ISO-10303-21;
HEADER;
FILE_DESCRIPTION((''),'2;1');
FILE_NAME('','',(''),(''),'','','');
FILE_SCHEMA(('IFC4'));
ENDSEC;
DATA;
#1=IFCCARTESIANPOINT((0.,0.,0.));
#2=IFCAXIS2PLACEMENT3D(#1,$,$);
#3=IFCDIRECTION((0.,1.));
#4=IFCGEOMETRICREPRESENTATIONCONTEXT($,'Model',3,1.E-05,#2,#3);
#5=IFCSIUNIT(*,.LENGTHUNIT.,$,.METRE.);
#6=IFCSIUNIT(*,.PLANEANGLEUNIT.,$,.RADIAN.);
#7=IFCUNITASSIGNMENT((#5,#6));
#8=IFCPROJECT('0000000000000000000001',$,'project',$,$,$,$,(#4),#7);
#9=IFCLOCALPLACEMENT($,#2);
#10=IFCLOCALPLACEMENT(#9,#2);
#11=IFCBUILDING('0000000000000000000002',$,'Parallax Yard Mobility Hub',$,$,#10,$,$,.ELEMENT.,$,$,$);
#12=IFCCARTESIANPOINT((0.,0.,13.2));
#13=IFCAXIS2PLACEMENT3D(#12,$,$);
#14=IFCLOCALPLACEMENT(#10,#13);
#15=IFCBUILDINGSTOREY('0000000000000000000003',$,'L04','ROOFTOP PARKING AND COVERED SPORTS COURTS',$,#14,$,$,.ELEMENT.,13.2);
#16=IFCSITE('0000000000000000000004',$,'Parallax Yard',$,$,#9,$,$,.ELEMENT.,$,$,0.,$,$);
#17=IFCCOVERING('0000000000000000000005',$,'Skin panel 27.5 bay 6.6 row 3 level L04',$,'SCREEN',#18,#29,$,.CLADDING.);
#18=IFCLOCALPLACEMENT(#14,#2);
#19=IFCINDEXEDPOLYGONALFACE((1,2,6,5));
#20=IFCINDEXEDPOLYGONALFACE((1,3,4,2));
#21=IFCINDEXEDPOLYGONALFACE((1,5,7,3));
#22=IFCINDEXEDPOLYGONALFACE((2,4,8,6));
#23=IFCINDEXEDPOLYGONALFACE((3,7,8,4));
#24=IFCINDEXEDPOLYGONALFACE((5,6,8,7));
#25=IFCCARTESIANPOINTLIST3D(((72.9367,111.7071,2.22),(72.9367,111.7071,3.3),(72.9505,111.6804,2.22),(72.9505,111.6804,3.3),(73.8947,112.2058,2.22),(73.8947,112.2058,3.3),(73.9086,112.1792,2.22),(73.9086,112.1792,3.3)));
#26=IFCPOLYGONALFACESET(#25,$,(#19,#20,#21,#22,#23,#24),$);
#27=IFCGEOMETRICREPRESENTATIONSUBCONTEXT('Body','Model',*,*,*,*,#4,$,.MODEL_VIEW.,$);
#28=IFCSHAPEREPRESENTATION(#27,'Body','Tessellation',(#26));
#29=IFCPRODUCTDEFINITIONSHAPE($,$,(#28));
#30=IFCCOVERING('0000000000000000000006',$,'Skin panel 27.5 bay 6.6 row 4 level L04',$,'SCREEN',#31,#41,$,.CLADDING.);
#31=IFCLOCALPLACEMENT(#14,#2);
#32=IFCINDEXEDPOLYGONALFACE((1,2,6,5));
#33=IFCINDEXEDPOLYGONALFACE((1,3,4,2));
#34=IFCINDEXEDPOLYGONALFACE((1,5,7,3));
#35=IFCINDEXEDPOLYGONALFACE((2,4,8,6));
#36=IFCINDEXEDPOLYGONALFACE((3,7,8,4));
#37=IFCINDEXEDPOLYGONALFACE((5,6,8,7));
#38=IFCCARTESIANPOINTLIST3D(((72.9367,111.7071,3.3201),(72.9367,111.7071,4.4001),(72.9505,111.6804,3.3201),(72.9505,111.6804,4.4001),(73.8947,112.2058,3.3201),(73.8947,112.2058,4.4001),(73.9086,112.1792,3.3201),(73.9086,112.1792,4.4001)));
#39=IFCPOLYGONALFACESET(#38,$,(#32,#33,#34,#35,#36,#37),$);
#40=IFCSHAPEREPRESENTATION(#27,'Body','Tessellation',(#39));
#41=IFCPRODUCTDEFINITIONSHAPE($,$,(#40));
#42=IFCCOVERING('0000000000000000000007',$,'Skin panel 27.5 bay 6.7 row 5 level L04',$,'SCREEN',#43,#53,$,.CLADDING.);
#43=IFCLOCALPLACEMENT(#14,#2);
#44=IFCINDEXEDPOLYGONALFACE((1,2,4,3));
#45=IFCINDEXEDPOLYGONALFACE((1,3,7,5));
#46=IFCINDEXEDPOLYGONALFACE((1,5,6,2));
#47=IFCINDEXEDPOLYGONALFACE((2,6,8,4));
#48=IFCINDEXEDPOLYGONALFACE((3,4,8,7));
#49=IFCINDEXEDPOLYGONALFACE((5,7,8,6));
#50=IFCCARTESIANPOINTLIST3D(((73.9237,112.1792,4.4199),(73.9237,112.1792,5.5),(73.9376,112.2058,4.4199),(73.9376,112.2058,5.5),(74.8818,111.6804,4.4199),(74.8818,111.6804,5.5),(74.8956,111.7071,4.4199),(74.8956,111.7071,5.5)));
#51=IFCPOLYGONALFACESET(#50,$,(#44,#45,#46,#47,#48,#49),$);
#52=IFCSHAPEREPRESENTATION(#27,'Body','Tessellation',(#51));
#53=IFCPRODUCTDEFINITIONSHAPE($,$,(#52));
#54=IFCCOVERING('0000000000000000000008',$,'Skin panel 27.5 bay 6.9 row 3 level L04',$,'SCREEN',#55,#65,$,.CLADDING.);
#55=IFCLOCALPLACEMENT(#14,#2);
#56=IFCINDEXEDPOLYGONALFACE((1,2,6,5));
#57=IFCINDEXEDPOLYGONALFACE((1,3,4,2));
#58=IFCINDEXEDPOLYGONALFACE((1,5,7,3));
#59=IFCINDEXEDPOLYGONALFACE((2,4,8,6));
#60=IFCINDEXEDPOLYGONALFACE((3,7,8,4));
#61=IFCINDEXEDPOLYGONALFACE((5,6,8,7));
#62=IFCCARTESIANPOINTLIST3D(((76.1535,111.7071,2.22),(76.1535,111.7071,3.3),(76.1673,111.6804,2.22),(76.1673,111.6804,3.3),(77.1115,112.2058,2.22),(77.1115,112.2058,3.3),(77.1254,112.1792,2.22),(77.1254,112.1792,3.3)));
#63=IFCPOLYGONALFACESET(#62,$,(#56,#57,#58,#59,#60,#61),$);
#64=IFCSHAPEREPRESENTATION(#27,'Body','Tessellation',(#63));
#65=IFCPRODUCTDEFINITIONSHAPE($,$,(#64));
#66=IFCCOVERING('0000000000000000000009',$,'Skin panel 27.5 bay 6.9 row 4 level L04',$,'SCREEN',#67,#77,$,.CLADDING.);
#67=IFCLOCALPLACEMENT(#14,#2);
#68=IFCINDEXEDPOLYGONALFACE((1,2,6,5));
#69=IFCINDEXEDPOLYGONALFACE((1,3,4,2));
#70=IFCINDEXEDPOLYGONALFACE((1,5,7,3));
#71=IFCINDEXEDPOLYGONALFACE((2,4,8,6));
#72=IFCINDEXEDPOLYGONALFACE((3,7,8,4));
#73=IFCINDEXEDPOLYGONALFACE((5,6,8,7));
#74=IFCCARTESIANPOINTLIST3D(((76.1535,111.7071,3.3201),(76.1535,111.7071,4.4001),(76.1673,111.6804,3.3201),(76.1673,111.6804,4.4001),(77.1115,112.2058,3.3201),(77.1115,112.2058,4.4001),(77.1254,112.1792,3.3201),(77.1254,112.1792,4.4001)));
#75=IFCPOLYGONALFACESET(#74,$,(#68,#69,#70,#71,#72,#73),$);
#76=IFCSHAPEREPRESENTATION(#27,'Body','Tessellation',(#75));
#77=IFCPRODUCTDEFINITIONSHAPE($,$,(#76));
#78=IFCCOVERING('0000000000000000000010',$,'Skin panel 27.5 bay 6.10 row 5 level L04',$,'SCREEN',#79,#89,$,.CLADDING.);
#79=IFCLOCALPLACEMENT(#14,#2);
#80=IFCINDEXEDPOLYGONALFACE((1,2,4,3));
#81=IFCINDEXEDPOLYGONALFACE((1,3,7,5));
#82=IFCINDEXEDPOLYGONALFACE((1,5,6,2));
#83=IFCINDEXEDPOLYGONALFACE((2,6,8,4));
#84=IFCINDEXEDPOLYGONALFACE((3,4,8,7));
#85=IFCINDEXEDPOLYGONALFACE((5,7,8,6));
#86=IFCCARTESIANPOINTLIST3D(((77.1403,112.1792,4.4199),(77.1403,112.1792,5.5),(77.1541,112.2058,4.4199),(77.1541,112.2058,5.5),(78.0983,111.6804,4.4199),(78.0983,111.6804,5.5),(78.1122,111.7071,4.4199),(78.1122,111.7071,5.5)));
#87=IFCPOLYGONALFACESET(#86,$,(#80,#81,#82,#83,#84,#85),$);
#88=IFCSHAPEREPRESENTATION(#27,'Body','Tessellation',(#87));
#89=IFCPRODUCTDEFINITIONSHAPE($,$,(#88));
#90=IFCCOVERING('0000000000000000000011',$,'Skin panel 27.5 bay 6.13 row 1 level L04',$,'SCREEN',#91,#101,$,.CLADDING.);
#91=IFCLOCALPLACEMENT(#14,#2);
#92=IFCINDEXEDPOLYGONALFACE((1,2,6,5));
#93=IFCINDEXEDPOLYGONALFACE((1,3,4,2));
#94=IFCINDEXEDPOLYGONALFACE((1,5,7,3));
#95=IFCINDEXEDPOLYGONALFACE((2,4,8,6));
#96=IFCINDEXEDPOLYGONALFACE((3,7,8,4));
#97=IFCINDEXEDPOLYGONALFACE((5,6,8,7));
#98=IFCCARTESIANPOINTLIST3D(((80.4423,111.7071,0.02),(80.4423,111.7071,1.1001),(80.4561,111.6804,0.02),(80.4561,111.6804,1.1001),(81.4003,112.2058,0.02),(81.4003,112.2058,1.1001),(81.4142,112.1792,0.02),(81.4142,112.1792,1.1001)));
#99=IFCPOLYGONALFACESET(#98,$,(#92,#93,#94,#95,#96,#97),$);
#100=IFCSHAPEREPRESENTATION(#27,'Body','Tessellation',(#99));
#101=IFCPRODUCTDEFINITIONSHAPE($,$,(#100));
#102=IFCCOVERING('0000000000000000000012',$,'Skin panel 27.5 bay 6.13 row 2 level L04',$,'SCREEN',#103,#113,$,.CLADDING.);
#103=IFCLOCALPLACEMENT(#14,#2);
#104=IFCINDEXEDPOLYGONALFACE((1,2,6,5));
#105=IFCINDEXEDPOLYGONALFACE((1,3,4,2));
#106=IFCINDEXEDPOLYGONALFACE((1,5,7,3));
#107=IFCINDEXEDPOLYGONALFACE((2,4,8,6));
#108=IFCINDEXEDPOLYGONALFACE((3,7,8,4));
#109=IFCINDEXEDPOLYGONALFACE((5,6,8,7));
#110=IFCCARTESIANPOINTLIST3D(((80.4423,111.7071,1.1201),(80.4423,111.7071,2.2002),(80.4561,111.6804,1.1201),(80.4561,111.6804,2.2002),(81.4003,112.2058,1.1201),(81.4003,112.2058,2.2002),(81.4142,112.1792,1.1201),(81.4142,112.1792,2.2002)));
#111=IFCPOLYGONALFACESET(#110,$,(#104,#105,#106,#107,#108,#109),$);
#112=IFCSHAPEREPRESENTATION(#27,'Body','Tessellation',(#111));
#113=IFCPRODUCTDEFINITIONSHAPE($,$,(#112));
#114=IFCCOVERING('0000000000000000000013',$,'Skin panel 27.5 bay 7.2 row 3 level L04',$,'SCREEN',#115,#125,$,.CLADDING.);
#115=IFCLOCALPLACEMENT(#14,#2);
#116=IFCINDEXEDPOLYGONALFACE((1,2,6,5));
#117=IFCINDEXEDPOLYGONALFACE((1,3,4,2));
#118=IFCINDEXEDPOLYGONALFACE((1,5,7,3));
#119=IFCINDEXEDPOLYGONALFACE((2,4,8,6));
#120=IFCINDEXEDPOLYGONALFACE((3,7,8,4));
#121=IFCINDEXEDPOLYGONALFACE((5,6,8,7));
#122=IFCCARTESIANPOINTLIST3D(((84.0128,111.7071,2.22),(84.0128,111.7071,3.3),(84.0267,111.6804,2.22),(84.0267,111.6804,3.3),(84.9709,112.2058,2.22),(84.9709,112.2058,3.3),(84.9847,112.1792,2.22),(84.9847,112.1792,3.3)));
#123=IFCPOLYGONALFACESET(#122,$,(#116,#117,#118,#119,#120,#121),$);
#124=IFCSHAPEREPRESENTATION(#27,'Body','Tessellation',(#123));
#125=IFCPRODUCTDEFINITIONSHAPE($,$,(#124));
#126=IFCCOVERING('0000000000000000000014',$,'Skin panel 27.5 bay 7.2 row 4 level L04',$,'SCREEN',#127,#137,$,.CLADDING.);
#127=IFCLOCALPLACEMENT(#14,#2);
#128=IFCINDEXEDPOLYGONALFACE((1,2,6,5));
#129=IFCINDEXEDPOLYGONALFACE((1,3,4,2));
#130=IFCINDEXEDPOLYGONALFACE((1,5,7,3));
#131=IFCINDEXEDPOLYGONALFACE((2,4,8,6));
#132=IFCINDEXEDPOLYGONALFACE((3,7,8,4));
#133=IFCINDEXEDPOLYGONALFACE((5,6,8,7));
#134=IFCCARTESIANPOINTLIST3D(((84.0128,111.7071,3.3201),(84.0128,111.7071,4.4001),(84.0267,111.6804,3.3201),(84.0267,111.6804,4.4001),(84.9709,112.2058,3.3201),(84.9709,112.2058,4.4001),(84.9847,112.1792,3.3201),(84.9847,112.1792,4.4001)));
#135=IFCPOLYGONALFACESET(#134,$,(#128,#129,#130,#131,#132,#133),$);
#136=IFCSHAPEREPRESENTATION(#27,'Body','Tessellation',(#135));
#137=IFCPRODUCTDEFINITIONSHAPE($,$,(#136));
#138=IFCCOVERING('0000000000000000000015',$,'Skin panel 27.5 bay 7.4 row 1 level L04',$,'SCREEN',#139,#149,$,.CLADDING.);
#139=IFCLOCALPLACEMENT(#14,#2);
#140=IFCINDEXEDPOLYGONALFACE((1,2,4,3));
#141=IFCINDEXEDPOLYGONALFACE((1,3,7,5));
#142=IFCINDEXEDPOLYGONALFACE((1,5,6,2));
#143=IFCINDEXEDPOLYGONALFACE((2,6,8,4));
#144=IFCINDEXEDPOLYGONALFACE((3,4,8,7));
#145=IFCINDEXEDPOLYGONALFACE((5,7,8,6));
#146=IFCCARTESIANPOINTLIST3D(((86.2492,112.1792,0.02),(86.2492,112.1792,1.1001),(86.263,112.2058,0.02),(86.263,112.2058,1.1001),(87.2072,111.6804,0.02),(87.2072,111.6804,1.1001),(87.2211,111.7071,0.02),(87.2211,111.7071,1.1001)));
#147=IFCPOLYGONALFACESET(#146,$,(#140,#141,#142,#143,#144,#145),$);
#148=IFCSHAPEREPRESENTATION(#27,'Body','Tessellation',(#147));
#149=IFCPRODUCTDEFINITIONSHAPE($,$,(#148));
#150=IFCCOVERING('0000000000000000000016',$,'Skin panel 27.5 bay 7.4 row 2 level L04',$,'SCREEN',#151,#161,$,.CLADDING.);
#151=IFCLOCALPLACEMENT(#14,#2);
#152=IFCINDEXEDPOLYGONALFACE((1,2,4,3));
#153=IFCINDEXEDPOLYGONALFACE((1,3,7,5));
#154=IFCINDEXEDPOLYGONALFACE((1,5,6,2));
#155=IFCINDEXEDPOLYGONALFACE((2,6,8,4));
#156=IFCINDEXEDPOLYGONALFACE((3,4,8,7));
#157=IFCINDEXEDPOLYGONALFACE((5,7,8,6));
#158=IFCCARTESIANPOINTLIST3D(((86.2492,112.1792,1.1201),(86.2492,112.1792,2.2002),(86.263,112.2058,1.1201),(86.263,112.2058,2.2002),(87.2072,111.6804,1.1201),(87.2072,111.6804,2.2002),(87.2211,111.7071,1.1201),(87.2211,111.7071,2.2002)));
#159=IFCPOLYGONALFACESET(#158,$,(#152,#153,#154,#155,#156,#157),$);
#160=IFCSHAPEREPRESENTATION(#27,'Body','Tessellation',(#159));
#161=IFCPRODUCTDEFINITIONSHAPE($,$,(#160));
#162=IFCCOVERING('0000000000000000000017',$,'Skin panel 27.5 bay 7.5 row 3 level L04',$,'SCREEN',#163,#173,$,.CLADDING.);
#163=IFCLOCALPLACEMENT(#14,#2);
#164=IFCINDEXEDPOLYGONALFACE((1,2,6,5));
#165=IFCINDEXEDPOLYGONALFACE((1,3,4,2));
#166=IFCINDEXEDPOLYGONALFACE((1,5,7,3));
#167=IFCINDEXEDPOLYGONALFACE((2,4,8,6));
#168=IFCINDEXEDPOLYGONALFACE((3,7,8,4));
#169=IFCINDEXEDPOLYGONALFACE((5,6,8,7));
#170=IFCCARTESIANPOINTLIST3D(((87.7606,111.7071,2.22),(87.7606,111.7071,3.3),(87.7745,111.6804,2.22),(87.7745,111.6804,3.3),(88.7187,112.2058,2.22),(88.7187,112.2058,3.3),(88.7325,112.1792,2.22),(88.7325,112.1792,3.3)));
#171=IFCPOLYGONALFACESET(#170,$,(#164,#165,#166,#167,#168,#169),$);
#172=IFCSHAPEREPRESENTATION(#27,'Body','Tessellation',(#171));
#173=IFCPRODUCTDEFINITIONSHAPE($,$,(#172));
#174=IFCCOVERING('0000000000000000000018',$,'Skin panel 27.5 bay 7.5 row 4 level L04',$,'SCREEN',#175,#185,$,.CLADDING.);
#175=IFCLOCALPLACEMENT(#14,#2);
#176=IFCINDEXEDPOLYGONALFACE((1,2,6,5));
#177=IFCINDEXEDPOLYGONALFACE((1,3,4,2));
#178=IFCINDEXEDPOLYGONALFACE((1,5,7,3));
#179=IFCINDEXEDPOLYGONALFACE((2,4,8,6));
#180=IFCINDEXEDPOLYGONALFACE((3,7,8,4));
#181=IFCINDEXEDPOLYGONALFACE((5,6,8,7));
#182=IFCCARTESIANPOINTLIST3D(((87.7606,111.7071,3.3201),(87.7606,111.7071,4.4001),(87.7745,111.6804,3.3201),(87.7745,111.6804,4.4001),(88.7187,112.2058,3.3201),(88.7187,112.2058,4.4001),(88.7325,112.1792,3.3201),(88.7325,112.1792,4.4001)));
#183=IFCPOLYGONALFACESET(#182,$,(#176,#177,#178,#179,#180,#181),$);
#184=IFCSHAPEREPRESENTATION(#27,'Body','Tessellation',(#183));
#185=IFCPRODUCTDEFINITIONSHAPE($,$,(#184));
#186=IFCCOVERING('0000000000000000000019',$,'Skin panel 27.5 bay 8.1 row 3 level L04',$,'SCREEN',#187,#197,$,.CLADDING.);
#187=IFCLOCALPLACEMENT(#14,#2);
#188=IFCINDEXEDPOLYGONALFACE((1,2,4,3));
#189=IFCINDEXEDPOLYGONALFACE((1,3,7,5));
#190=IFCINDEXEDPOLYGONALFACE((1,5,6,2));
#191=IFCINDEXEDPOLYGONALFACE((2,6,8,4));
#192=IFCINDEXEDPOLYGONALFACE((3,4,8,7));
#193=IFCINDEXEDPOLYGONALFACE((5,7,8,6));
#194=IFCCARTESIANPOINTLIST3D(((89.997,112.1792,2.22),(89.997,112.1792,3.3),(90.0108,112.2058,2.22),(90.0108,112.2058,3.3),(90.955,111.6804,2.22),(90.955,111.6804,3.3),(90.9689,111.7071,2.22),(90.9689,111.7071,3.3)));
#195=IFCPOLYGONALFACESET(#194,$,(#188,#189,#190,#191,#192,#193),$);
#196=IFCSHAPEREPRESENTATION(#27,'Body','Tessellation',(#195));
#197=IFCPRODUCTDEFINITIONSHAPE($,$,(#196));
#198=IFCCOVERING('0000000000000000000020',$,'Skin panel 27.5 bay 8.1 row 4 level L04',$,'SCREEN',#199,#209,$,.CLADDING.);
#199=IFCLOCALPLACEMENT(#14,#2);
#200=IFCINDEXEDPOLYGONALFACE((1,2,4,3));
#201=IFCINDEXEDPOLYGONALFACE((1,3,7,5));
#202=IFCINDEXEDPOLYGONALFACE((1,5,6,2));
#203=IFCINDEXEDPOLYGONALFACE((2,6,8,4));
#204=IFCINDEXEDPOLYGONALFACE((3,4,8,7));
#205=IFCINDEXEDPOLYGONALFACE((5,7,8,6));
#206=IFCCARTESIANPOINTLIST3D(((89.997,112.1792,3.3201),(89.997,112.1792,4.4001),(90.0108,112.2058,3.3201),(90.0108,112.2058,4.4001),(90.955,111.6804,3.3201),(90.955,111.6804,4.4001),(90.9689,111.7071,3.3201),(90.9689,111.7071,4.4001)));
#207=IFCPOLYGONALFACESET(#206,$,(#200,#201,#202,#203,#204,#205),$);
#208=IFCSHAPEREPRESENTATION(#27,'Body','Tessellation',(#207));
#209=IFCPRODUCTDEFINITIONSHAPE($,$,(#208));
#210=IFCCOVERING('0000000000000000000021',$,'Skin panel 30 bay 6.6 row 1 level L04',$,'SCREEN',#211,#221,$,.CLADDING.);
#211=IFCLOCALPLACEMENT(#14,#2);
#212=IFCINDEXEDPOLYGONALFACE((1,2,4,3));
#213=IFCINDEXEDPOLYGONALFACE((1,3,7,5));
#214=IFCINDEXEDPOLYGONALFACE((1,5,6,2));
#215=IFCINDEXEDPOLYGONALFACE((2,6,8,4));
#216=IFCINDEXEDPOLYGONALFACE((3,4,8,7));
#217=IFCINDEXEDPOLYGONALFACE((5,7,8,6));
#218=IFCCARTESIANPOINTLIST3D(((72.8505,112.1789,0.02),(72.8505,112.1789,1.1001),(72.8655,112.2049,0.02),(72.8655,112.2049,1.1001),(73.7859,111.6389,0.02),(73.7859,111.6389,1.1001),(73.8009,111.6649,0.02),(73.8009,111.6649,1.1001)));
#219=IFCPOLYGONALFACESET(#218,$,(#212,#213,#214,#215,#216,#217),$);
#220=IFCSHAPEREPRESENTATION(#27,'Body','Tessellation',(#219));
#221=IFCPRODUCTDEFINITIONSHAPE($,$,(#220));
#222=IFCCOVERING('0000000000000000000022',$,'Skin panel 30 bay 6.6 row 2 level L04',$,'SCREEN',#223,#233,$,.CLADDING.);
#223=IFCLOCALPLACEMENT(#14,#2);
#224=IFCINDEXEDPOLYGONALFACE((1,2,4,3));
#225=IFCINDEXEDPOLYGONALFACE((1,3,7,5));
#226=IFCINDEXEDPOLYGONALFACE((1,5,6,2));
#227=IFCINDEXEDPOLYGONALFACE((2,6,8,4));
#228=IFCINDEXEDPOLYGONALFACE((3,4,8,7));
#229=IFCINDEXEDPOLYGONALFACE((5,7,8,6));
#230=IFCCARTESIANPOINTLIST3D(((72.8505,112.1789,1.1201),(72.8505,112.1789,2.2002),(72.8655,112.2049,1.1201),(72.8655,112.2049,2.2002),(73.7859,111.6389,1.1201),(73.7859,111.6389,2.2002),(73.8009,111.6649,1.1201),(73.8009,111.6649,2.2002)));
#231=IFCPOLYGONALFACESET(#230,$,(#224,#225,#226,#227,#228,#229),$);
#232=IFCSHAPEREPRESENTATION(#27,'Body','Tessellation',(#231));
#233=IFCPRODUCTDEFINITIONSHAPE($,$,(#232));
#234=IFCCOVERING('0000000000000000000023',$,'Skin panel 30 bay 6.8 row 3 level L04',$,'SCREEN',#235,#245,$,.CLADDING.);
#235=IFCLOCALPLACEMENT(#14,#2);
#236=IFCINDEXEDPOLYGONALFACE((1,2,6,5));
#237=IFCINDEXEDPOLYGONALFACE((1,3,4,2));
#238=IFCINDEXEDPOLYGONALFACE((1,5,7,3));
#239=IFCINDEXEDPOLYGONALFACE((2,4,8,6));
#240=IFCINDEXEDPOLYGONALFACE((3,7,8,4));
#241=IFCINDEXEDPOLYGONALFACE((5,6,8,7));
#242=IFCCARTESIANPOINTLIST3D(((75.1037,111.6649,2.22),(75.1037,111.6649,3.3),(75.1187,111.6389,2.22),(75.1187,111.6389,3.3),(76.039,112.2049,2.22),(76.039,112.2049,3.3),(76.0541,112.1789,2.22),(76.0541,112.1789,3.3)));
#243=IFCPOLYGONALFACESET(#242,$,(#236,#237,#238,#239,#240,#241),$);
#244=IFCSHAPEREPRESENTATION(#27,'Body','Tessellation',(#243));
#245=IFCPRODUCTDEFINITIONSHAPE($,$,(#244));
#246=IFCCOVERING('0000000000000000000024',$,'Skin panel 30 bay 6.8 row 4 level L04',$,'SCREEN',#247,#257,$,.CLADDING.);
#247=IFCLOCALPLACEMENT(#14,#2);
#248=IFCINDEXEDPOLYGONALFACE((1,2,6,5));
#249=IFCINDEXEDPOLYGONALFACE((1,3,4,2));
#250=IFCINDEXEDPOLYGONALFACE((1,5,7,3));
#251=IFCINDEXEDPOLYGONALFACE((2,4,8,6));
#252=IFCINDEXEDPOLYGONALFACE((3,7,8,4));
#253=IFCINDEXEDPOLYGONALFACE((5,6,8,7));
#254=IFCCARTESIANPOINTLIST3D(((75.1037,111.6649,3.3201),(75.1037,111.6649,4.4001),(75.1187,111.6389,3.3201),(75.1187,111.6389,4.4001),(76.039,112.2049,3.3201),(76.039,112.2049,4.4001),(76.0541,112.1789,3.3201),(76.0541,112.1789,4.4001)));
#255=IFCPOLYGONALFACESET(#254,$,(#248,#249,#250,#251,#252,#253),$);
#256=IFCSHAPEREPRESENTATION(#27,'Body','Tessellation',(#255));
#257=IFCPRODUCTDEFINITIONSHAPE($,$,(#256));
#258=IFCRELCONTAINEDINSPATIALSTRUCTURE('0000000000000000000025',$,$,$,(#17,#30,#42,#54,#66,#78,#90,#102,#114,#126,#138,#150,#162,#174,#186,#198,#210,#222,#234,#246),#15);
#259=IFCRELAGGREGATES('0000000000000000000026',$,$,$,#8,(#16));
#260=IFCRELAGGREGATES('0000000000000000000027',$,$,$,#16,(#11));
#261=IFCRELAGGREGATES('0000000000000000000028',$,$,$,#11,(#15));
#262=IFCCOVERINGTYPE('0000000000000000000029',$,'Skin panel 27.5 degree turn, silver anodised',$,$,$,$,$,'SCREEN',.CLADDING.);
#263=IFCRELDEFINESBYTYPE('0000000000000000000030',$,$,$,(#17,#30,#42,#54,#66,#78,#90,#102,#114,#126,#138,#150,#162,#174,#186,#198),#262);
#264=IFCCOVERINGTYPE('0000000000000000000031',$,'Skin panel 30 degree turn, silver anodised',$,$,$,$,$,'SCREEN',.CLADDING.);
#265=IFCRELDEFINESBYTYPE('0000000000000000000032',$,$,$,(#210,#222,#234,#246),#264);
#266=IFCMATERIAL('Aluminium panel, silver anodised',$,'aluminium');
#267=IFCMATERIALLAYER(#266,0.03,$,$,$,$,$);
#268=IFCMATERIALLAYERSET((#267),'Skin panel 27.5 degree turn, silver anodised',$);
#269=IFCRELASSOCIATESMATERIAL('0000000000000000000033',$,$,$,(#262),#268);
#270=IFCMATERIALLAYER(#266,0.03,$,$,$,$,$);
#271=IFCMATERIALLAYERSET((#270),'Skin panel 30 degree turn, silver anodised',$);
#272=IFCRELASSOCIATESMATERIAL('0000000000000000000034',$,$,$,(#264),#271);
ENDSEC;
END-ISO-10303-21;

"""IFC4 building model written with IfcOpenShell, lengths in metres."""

from ifc_helpers import new_model, si_unit, direction, frame, origin, origin_2d, place, context, subcontext, project, spatial, rectangle, extrude, material, layer, layer_set, type_object, element, save


model = new_model("IFC4")

# Units and contexts
model_context = context("Model", 3, precision=1e-05, world=origin(), true_north=direction((0.0, 1.0)))
body_context = subcontext(model_context, "Body", "Model", "MODEL_VIEW")
ifc_project = project(units=[si_unit("LENGTHUNIT", "METRE"), si_unit("PLANEANGLEUNIT", "RADIAN")], contexts=[model_context])

# Site, building, storey
site_placement = place(None, origin())
site = spatial("IfcSite", under=ifc_project, at=site_placement, Name="Parallax Yard", CompositionType="ELEMENT", RefElevation=0.0)
building_placement = place(site_placement, origin())
building = spatial("IfcBuilding", under=site, at=building_placement, Name="Parallax Yard Mobility Hub", CompositionType="ELEMENT")
storey_placement = place(building_placement, frame((0.0, 0.0, 13.2)))
storey = spatial("IfcBuildingStorey", under=building, at=storey_placement, Name="L04", Description="ROOFTOP PARKING AND COVERED SPORTS COURTS", CompositionType="ELEMENT", Elevation=13.2)

# Coverings
ifc_material = material(Name="Aluminium panel, silver anodised", Category="aluminium")
ifc_layer_1 = layer(ifc_material, 0.03)
ifc_layer_set_1 = layer_set([ifc_layer_1], Name="Skin panel 27.5 degree turn, silver anodised")
covering_type_1 = type_object("IfcCoveringType", Name="Skin panel 27.5 degree turn, silver anodised", ElementType="SCREEN", PredefinedType="CLADDING", material=ifc_layer_set_1)
for number, where, z_axis, x_axis, name in (
    (1, (73.4226, 111.9431, 2.22), (0.0, 0.0, 1.0), (-0.887011, -0.461749, 0.0), "Skin panel 27.5 bay 6.6 row 3 level L04"),
    (2, (73.4226, 111.9431, 3.3201), (0.0, 0.0, 1.0), (-0.887011, -0.461749, 0.0), "Skin panel 27.5 bay 6.6 row 4 level L04"),
    (3, (74.4097, 111.9431, 4.4199), (0.0, 0.0, 1.0), (0.887011, -0.461749, 0.0), "Skin panel 27.5 bay 6.7 row 5 level L04"),
    (4, (76.6394, 111.9431, 2.22), (0.0, 0.0, 1.0), (-0.887011, -0.461749, 0.0), "Skin panel 27.5 bay 6.9 row 3 level L04"),
    (5, (76.6394, 111.9431, 3.3201), (0.0, 0.0, 1.0), (-0.887011, -0.461749, 0.0), "Skin panel 27.5 bay 6.9 row 4 level L04"),
    (6, (77.6262, 111.9431, 4.4199), (0.0, 0.0, 1.0), (0.887011, -0.461749, 0.0), "Skin panel 27.5 bay 6.10 row 5 level L04"),
    (7, (80.9282, 111.9431, 0.02), (0.0, 0.0, 1.0), (-0.887011, -0.461749, 0.0), "Skin panel 27.5 bay 6.13 row 1 level L04"),
    (8, (80.9282, 111.9431, 1.1201), (0.0, 0.0, 1.0), (-0.887011, -0.461749, 0.0), "Skin panel 27.5 bay 6.13 row 2 level L04"),
    (9, (84.4988, 111.9431, 2.22), (0.0, 0.0, 1.0), (-0.887011, -0.461749, 0.0), "Skin panel 27.5 bay 7.2 row 3 level L04"),
    (10, (84.4988, 111.9431, 3.3201), (0.0, 0.0, 1.0), (-0.887011, -0.461749, 0.0), "Skin panel 27.5 bay 7.2 row 4 level L04"),
    (11, (86.7351, 111.9431, 0.02), (0.0, 0.0, 1.0), (0.887011, -0.461749, 0.0), "Skin panel 27.5 bay 7.4 row 1 level L04"),
    (12, (86.7351, 111.9431, 1.1201), (0.0, 0.0, 1.0), (0.887011, -0.461749, 0.0), "Skin panel 27.5 bay 7.4 row 2 level L04"),
    (13, (88.2466, 111.9431, 2.22), (0.0, 0.0, 1.0), (-0.887011, -0.461749, 0.0), "Skin panel 27.5 bay 7.5 row 3 level L04"),
    (14, (88.2466, 111.9431, 3.3201), (0.0, 0.0, 1.0), (-0.887011, -0.461749, 0.0), "Skin panel 27.5 bay 7.5 row 4 level L04"),
    (15, (90.4829, 111.9431, 2.22), (0.0, 0.0, 1.0), (0.887011, -0.461749, 0.0), "Skin panel 27.5 bay 8.1 row 3 level L04"),
    (16, (90.4829, 111.9431, 3.3201), (0.0, 0.0, 1.0), (0.887011, -0.461749, 0.0), "Skin panel 27.5 bay 8.1 row 4 level L04"),
):
    element("IfcCovering", number, at=place(storey_placement, frame(where, z_axis=z_axis, x_axis=x_axis)), inside=storey, type_object=covering_type_1, Name=name, ObjectType="SCREEN", PredefinedType="CLADDING", context=body_context, shape_type="SweptSolid", body=[
        extrude(rectangle(XDim=1.0801, YDim=0.03, at=origin_2d()), origin(), (0.0, 0.0, 1.0), 1.0801),
    ])
ifc_layer_2 = layer(ifc_material, 0.03)
ifc_layer_set_2 = layer_set([ifc_layer_2], Name="Skin panel 30 degree turn, silver anodised")
covering_type_2 = type_object("IfcCoveringType", Name="Skin panel 30 degree turn, silver anodised", ElementType="SCREEN", PredefinedType="CLADDING", material=ifc_layer_set_2)
for number, where, z_axis, x_axis, name in (
    (17, (73.3257, 111.9219, 0.02), (0.0, 0.0, 1.0), (0.866025, -0.5, 0.0), "Skin panel 30 bay 6.6 row 1 level L04"),
    (18, (73.3257, 111.9219, 1.1201), (0.0, 0.0, 1.0), (0.866025, -0.5, 0.0), "Skin panel 30 bay 6.6 row 2 level L04"),
    (19, (75.5789, 111.9219, 2.22), (0.0, 0.0, 1.0), (-0.866025, -0.5, 0.0), "Skin panel 30 bay 6.8 row 3 level L04"),
    (20, (75.5789, 111.9219, 3.3201), (0.0, 0.0, 1.0), (-0.866025, -0.5, 0.0), "Skin panel 30 bay 6.8 row 4 level L04"),
):
    element("IfcCovering", number, at=place(storey_placement, frame(where, z_axis=z_axis, x_axis=x_axis)), inside=storey, type_object=covering_type_2, Name=name, ObjectType="SCREEN", PredefinedType="CLADDING", context=body_context, shape_type="SweptSolid", body=[
        extrude(rectangle(XDim=1.0801, YDim=0.03, at=origin_2d()), origin(), (0.0, 0.0, 1.0), 1.0801),
    ])

save(model, "model.ifc")
